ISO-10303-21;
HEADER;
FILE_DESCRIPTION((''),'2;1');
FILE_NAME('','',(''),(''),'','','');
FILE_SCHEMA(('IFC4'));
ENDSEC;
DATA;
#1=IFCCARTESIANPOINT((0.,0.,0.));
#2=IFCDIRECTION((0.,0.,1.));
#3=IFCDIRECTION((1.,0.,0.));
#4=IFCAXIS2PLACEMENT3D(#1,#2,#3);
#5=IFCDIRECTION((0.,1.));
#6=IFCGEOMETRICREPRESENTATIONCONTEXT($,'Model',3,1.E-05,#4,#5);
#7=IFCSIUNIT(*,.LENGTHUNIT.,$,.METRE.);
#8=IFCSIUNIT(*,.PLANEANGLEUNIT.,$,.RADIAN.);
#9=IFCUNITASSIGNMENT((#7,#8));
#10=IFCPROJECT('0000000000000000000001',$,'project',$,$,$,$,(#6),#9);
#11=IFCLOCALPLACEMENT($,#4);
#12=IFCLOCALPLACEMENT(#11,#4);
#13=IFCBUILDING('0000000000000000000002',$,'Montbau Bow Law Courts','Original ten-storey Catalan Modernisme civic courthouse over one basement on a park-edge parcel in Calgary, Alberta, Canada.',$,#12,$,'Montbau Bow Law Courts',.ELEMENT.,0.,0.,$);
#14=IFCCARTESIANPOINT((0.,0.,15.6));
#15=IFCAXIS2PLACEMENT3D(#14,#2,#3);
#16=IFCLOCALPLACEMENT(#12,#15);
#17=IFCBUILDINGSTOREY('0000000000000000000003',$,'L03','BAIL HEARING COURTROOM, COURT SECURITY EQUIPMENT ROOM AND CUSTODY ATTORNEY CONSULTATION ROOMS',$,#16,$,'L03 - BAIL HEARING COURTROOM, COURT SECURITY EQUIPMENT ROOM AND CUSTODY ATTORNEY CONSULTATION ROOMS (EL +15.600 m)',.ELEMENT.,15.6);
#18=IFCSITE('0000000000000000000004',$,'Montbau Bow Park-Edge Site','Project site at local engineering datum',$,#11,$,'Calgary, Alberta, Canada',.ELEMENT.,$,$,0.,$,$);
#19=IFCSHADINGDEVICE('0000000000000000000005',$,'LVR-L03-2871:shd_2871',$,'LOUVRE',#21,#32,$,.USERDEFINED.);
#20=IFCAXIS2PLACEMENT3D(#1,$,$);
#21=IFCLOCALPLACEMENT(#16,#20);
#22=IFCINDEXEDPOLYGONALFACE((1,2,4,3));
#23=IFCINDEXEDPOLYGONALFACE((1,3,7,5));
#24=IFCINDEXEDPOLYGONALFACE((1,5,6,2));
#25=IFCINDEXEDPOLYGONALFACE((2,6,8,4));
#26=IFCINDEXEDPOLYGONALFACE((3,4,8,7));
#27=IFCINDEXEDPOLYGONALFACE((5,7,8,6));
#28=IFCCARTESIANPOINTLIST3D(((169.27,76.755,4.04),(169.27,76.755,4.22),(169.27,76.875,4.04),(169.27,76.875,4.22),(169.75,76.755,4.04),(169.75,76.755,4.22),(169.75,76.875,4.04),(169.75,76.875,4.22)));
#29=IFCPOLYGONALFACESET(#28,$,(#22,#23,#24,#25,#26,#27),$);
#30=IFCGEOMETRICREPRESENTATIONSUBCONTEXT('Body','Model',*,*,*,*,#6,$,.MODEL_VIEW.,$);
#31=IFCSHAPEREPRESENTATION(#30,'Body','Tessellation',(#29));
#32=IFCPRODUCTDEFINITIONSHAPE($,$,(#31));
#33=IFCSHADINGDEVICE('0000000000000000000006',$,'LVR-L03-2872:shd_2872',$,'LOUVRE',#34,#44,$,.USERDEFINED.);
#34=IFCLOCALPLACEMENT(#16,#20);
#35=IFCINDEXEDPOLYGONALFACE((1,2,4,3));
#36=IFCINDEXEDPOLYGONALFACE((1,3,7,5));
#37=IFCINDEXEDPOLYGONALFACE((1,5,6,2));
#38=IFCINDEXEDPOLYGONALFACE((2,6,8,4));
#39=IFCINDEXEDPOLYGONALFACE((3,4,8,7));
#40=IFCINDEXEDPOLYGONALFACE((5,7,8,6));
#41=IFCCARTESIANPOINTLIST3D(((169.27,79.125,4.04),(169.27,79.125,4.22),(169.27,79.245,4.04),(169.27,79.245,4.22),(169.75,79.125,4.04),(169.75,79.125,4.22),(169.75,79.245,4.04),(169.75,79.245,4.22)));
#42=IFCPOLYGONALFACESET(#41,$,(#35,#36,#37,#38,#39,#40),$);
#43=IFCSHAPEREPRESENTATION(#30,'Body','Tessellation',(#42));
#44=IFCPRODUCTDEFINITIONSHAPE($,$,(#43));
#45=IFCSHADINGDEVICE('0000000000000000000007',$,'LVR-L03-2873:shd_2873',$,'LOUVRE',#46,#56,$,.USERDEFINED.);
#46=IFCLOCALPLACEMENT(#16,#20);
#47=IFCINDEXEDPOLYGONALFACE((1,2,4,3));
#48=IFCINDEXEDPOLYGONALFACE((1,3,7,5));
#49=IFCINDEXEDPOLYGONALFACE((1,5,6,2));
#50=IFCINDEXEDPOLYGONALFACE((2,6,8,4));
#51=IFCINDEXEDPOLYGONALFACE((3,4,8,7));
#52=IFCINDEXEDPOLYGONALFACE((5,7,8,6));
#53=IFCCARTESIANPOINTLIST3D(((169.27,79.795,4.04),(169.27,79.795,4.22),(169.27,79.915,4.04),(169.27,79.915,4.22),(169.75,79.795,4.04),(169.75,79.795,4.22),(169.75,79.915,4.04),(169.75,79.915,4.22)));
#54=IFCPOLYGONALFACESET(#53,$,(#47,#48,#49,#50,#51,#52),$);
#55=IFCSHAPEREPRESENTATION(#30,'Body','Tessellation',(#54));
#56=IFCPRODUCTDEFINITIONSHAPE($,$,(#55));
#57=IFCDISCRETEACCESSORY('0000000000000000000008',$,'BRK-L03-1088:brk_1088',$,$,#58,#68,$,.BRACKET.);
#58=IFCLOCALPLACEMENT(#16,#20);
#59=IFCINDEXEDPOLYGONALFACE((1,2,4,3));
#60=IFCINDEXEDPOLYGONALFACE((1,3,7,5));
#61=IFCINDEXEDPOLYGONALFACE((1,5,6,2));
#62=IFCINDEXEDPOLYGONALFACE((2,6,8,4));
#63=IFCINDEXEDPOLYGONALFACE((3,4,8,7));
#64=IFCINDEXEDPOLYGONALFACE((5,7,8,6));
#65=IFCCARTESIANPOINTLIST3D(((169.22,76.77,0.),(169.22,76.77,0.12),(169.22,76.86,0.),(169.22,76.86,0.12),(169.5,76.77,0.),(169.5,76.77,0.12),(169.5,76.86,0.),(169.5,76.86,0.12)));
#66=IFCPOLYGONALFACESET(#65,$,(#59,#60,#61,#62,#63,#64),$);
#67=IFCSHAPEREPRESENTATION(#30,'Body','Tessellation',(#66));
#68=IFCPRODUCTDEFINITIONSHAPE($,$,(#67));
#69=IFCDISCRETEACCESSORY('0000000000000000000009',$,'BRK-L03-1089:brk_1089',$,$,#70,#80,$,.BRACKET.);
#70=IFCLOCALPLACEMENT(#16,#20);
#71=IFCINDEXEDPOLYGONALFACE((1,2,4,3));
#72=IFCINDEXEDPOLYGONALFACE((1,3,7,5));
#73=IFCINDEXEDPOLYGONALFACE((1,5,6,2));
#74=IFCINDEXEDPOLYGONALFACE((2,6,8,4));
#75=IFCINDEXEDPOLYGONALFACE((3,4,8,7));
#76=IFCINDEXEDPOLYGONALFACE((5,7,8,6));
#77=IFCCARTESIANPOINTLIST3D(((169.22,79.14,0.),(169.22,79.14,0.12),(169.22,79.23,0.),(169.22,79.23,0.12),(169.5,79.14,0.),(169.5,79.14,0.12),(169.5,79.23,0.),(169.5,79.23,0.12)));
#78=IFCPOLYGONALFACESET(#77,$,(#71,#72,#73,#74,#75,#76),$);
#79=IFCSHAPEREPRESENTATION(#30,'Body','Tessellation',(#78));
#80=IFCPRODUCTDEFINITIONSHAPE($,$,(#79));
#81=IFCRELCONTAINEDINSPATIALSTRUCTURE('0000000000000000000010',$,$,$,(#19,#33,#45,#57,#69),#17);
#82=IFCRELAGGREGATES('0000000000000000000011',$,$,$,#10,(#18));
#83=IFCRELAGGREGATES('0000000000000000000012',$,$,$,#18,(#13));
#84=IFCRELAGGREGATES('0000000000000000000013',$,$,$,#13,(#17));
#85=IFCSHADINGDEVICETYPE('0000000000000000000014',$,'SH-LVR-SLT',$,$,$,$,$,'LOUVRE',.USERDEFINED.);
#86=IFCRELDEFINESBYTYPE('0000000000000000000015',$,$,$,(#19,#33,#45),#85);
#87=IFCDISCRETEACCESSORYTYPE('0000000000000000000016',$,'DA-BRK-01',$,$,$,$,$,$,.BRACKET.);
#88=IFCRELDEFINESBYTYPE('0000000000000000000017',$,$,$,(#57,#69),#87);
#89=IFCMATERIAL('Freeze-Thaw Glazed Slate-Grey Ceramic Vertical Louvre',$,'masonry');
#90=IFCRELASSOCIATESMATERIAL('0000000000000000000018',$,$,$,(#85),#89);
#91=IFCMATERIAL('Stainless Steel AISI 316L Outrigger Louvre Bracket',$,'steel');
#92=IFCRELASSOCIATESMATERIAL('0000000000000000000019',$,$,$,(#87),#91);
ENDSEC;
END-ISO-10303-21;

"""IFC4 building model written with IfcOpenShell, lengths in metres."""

from ifc_helpers import new_model, si_unit, direction, frame, origin_with_axes, origin_2d_with_axis, place, context, subcontext, project, spatial, rectangle, extrude, material, type_object, element, save


model = new_model("IFC4")

# Units and contexts
model_context = context("Model", 3, precision=1e-05, world=origin_with_axes(), true_north=direction((0.0, 1.0)))
body_context = subcontext(model_context, "Body", "Model", "MODEL_VIEW")
ifc_project = project(units=[si_unit("LENGTHUNIT", "METRE"), si_unit("PLANEANGLEUNIT", "RADIAN")], contexts=[model_context])

# Site, building, storey
site_placement = place(None, origin_with_axes())
site = spatial("IfcSite", under=ifc_project, at=site_placement, Name="Montbau Bow Park-Edge Site", Description="Project site at local engineering datum", LongName="Calgary, Alberta, Canada", CompositionType="ELEMENT", RefElevation=0.0)
building_placement = place(site_placement, origin_with_axes())
building = spatial("IfcBuilding", under=site, at=building_placement, Name="Montbau Bow Law Courts", Description="Original ten-storey Catalan Modernisme civic courthouse over one basement on a park-edge parcel in Calgary, Alberta, Canada.", LongName="Montbau Bow Law Courts", CompositionType="ELEMENT", ElevationOfRefHeight=0.0, ElevationOfTerrain=0.0)
storey_placement = place(building_placement, frame((0.0, 0.0, 15.6), z_axis=(0.0, 0.0, 1.0), x_axis=(1.0, 0.0, 0.0)))
storey = spatial("IfcBuildingStorey", under=building, at=storey_placement, Name="L03", Description="BAIL HEARING COURTROOM, COURT SECURITY EQUIPMENT ROOM AND CUSTODY ATTORNEY CONSULTATION ROOMS", LongName="L03 - BAIL HEARING COURTROOM, COURT SECURITY EQUIPMENT ROOM AND CUSTODY ATTORNEY CONSULTATION ROOMS (EL +15.600 m)", CompositionType="ELEMENT", Elevation=15.6)

# Shared definitions
ifc_material_1 = material(Name="Freeze-Thaw Glazed Slate-Grey Ceramic Vertical Louvre", Category="masonry")

# Shading devices
shading_device_type = type_object("IfcShadingDeviceType", Name="SH-LVR-SLT", ElementType="LOUVRE", PredefinedType="USERDEFINED", material=ifc_material_1)
for number, where, z_axis, x_axis, name in (
    (1, (169.51, 76.815, 19.64), (0.0, 0.0, 1.0), (1.0, 0.0, 0.0), "LVR-L03-2871:shd_2871"),
    (2, (169.51, 79.185, 19.64), (0.0, 0.0, 1.0), (1.0, 0.0, 0.0), "LVR-L03-2872:shd_2872"),
    (3, (169.51, 79.855, 19.64), (0.0, 0.0, 1.0), (1.0, 0.0, 0.0), "LVR-L03-2873:shd_2873"),
):
    element("IfcShadingDevice", number, at=place(None, frame(where, z_axis=z_axis, x_axis=x_axis)), inside=storey, type_object=shading_device_type, Name=name, ObjectType="LOUVRE", PredefinedType="USERDEFINED", context=body_context, shape_type="SweptSolid", body=[
        extrude(rectangle(XDim=0.48, YDim=0.12, at=origin_2d_with_axis()), origin_with_axes(), (0.0, 0.0, 1.0), 0.18),
    ])

# Discrete accessories
ifc_material_2 = material(Name="Stainless Steel AISI 316L Outrigger Louvre Bracket", Category="steel")
discrete_accessory_type = type_object("IfcDiscreteAccessoryType", Name="DA-BRK-01", PredefinedType="BRACKET", material=ifc_material_2)
for number, where, z_axis, x_axis, name in (
    (4, (169.36, 76.815, 15.6), (0.0, 0.0, 1.0), (1.0, 0.0, 0.0), "BRK-L03-1088:brk_1088"),
    (5, (169.36, 79.185, 15.6), (0.0, 0.0, 1.0), (1.0, 0.0, 0.0), "BRK-L03-1089:brk_1089"),
):
    element("IfcDiscreteAccessory", number, at=place(None, frame(where, z_axis=z_axis, x_axis=x_axis)), inside=storey, type_object=discrete_accessory_type, Name=name, PredefinedType="BRACKET", context=body_context, shape_type="SweptSolid", body=[
        extrude(rectangle(XDim=0.28, YDim=0.09, at=origin_2d_with_axis()), origin_with_axes(), (0.0, 0.0, 1.0), 0.12),
    ])

save(model, "model.ifc")
